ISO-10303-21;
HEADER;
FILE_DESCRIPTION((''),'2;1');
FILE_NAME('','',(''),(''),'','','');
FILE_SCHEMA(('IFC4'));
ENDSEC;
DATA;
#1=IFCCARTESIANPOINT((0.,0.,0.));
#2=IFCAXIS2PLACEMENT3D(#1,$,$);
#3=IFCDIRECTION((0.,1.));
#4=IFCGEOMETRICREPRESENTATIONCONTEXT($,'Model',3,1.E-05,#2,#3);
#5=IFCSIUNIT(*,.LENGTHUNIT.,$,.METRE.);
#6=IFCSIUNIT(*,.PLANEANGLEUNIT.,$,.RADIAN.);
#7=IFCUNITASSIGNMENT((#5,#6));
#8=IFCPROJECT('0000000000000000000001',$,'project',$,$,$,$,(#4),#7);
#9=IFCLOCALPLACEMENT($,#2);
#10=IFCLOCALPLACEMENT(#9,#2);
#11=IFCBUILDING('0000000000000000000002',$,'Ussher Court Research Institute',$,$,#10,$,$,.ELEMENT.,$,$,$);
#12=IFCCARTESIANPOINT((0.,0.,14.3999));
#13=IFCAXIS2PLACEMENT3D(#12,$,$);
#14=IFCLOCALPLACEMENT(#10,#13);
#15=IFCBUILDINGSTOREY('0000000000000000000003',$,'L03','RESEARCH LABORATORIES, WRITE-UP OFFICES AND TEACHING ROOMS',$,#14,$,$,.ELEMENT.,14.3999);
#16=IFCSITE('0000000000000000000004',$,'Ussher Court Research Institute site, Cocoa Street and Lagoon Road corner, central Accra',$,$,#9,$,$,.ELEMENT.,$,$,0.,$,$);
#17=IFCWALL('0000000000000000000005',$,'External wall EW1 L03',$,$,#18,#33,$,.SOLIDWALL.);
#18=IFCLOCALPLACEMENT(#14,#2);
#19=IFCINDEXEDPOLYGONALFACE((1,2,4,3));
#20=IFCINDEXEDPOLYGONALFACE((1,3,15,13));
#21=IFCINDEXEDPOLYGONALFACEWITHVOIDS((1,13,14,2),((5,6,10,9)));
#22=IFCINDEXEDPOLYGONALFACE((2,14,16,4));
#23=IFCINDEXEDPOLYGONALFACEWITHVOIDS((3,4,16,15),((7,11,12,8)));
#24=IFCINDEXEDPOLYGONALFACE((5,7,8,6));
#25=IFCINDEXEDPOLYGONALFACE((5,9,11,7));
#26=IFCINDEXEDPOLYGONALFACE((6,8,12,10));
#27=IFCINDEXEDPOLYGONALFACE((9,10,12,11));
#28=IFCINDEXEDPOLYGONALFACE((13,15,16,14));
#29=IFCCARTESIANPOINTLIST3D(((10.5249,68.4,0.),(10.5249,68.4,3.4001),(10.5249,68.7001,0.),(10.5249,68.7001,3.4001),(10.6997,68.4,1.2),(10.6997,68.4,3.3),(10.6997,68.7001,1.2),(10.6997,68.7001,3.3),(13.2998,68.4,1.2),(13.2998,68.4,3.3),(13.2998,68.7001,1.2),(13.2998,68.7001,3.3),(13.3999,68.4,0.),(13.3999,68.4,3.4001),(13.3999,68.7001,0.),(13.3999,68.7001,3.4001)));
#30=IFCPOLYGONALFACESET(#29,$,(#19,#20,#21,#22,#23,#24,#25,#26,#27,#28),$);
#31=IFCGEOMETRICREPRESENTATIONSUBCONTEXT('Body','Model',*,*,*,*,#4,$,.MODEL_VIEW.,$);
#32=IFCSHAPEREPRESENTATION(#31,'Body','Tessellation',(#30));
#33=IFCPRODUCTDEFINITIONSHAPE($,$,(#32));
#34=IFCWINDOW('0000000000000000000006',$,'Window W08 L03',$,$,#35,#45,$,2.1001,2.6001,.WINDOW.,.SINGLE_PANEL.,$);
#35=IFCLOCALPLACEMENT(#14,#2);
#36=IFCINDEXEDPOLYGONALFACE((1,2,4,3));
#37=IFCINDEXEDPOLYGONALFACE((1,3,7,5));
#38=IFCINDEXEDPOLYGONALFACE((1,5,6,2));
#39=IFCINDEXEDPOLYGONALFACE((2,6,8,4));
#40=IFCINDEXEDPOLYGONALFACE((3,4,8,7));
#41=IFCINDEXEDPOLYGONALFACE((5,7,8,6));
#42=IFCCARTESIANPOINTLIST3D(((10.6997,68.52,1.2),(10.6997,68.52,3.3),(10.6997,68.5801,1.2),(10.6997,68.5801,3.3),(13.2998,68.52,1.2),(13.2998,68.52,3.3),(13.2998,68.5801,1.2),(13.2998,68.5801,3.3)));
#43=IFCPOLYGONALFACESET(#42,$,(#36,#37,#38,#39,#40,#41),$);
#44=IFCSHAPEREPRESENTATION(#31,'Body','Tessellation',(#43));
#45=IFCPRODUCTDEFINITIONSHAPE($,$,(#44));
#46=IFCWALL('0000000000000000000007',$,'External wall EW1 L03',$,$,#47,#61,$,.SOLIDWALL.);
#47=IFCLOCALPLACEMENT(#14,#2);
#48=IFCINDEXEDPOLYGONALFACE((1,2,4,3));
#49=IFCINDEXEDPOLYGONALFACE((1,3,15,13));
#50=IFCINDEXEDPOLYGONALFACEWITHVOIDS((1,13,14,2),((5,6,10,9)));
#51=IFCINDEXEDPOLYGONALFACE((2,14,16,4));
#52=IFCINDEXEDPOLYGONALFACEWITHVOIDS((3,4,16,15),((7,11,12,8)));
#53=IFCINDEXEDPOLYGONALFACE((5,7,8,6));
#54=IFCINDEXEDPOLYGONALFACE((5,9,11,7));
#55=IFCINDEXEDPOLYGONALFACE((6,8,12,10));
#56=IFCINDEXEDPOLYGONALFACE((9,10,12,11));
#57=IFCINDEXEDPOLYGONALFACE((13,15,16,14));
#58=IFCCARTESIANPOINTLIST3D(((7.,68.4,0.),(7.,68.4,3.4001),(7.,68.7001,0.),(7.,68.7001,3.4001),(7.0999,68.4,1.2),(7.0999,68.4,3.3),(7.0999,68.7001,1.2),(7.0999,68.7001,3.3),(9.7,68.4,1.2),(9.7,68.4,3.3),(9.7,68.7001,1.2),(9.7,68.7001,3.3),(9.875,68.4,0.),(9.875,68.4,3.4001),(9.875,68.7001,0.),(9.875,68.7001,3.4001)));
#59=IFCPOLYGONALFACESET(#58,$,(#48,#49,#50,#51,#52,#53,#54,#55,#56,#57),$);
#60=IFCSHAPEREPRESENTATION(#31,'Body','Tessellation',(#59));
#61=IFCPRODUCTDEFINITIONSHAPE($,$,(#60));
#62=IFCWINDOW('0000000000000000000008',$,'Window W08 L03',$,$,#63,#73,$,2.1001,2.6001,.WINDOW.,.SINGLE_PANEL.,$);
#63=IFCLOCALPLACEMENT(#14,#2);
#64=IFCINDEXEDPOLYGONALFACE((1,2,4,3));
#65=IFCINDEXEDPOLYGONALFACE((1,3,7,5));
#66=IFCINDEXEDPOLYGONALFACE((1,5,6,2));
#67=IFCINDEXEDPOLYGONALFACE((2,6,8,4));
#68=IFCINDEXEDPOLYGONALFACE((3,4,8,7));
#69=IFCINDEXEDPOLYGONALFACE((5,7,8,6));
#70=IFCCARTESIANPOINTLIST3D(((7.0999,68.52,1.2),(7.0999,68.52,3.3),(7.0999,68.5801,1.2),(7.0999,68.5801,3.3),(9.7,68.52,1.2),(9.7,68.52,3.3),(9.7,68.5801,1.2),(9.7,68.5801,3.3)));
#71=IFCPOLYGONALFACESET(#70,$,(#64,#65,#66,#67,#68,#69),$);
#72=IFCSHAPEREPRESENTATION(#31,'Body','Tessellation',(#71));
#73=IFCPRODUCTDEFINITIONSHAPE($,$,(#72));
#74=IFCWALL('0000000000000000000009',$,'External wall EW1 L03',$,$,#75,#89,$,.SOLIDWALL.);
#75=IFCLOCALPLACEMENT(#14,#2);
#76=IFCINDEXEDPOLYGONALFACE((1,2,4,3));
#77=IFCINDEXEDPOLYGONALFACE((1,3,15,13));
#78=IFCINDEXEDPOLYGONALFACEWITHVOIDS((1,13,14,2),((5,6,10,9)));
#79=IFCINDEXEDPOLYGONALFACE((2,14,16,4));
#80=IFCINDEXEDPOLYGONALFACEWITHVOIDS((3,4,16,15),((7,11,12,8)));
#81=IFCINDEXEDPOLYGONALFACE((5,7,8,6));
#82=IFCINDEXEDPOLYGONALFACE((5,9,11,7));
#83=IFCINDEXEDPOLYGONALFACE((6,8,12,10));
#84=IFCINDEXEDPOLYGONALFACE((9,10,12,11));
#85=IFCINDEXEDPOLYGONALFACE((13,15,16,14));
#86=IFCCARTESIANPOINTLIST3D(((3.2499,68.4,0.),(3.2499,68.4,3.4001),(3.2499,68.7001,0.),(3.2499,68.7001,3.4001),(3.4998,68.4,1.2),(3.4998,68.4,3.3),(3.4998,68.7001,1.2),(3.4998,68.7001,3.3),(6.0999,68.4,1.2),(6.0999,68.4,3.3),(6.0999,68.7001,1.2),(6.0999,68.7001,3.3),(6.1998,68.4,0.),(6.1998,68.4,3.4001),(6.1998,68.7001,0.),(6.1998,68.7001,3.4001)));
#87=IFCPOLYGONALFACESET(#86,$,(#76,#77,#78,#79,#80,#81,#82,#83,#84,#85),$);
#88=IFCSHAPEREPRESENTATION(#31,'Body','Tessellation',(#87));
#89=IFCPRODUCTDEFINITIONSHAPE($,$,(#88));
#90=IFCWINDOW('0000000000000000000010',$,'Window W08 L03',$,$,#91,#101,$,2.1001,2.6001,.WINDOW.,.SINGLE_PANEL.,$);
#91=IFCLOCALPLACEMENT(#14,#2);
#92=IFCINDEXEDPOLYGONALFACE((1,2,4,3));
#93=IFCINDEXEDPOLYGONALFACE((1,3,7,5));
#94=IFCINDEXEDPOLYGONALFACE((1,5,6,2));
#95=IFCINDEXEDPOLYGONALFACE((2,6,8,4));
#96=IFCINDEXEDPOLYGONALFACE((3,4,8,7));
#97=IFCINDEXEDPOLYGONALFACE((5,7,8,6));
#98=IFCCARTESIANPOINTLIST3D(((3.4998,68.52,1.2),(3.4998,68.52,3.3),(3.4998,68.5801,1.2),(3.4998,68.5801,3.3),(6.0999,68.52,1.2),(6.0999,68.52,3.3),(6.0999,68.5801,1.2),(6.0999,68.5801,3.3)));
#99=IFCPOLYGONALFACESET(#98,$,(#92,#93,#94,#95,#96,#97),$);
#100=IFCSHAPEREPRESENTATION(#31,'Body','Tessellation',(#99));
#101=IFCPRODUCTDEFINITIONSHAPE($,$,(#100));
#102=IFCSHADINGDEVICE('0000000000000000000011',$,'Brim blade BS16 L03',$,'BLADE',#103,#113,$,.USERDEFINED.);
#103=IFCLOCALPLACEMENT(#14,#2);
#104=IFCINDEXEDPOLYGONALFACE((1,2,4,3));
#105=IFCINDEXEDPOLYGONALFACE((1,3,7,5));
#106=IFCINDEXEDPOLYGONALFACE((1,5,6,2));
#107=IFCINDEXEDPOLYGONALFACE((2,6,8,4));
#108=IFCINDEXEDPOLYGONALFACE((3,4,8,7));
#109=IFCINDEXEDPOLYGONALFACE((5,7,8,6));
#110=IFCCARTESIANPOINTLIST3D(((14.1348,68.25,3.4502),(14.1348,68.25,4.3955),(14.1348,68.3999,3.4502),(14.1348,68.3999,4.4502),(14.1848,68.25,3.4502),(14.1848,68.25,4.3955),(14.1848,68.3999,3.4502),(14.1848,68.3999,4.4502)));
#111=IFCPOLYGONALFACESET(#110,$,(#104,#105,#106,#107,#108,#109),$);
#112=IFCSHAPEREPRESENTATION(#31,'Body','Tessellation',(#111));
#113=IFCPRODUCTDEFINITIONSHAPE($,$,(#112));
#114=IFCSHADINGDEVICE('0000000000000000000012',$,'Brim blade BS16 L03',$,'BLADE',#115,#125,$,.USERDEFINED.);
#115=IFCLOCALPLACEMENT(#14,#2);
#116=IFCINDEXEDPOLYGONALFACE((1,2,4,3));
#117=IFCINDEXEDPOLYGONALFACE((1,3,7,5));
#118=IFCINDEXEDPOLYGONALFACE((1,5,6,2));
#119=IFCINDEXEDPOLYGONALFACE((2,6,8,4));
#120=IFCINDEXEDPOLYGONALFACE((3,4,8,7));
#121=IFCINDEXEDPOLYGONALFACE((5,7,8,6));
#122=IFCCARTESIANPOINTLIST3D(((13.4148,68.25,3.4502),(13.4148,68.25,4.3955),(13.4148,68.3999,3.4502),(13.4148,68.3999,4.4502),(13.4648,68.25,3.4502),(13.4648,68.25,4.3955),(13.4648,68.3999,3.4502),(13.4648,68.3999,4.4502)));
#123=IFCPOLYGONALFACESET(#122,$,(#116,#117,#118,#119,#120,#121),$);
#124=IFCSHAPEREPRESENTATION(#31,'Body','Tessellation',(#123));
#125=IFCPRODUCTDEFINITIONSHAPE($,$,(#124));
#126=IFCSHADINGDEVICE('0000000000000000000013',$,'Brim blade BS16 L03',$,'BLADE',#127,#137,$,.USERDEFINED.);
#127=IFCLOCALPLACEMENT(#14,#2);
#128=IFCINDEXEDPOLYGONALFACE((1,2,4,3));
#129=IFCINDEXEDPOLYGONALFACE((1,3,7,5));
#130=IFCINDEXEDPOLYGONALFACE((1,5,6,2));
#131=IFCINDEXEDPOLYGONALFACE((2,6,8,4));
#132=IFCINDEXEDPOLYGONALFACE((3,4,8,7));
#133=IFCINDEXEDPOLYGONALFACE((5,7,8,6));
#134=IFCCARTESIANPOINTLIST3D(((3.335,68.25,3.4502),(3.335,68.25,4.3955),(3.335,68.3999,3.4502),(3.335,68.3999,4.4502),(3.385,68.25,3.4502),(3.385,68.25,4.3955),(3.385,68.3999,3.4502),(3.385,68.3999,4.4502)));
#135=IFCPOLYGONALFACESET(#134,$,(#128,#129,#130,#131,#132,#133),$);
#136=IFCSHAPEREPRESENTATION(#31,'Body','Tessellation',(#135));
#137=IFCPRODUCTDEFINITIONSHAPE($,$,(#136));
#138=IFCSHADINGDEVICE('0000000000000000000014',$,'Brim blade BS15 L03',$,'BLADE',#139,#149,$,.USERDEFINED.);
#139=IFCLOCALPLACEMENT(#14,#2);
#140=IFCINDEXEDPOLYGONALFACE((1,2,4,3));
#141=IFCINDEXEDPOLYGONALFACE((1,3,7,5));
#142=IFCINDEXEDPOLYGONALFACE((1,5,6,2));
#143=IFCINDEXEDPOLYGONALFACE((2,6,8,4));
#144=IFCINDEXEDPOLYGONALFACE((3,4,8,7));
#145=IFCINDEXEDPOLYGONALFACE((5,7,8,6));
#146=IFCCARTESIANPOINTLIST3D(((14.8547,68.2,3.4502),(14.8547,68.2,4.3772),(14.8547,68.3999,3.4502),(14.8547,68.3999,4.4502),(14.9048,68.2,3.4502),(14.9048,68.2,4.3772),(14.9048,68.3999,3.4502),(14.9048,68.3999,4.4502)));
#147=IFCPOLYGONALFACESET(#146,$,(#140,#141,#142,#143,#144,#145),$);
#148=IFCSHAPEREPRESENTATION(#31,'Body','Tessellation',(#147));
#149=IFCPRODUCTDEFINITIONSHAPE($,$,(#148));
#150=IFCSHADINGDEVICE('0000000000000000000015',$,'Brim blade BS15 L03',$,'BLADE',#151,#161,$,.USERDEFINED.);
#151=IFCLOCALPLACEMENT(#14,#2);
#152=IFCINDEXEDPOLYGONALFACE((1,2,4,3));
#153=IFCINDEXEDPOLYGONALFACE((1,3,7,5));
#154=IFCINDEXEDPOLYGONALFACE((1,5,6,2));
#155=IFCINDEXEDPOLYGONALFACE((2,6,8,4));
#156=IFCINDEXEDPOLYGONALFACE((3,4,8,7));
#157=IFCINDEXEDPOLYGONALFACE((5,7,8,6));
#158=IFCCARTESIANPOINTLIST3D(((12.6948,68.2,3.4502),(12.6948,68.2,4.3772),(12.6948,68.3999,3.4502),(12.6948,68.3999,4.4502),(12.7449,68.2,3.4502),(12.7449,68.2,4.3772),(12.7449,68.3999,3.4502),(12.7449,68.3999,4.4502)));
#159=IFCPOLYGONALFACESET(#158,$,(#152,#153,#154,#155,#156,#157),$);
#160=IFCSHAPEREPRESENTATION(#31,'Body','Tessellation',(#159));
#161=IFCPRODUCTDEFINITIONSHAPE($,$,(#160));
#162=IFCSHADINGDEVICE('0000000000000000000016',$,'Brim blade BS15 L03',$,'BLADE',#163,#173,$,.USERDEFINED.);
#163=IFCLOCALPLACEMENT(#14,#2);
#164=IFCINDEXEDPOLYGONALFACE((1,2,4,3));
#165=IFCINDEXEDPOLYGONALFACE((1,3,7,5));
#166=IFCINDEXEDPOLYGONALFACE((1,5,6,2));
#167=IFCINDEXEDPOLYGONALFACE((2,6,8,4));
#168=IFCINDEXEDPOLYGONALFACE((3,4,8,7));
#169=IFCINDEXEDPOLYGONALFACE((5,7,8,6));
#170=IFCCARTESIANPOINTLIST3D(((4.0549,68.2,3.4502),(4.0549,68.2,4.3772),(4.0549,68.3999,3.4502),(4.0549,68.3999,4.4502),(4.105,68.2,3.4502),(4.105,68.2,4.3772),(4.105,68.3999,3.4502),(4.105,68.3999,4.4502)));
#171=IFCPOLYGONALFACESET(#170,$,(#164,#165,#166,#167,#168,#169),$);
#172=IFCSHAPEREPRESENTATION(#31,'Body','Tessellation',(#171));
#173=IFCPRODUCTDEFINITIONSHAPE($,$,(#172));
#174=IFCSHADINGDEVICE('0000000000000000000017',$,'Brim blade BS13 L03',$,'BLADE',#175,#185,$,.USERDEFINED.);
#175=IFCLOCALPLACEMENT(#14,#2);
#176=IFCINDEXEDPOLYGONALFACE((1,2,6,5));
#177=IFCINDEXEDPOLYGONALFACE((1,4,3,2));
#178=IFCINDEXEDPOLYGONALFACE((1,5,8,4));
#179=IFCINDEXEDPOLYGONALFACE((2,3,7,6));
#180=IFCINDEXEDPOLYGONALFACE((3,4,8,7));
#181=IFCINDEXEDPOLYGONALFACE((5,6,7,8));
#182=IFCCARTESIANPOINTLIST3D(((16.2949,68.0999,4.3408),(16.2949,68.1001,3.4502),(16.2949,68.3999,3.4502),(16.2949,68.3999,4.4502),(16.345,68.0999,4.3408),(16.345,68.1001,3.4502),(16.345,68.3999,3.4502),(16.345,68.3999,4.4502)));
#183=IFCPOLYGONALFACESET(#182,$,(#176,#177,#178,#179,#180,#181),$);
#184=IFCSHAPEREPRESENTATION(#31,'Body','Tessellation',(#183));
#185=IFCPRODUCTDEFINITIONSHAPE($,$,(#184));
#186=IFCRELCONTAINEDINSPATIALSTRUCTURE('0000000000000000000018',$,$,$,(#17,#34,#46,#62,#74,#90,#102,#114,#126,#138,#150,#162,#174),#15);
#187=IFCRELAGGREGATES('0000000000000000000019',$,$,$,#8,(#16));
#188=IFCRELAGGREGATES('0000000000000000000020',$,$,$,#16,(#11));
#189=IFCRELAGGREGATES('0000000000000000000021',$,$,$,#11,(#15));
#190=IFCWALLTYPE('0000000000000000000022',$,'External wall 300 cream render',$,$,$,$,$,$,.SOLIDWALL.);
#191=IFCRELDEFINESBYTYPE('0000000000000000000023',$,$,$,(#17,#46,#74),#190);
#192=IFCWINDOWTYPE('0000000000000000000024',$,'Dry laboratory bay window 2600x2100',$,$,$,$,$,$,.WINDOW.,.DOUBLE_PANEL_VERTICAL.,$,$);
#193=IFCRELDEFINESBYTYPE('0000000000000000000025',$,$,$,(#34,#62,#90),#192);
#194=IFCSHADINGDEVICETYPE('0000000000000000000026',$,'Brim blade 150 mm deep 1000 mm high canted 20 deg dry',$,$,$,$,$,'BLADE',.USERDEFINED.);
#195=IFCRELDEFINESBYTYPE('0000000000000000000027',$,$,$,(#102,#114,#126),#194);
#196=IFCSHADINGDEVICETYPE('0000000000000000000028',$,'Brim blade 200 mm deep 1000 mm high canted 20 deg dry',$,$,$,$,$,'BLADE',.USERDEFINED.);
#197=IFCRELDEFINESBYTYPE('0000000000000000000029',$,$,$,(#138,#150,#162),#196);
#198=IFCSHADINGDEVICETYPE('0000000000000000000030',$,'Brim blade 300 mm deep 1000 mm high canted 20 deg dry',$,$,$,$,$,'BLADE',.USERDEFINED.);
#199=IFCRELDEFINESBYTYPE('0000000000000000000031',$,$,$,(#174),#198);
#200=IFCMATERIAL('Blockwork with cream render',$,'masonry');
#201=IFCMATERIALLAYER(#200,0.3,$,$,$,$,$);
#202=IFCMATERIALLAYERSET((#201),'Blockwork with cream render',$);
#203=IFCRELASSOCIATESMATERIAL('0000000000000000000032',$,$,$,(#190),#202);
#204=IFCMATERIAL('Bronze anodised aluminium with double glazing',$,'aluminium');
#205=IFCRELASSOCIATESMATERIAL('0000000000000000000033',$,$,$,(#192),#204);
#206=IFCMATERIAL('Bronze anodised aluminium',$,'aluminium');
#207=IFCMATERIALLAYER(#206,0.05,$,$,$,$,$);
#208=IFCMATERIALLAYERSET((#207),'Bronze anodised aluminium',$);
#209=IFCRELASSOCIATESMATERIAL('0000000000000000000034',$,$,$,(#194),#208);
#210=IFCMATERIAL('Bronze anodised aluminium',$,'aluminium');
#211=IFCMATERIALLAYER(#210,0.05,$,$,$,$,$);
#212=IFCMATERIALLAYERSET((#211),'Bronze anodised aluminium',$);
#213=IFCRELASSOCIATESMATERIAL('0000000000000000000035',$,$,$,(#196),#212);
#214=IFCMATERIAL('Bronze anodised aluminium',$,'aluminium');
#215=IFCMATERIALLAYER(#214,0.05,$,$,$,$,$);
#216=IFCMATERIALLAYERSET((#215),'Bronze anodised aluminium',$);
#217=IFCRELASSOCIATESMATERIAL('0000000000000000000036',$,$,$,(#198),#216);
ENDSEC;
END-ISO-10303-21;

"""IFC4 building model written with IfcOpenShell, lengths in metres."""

from ifc_helpers import new_model, si_unit, direction, frame, frame_2d, origin, place, context, subcontext, project, spatial, polyline, rectangle, outline, extrude, material, layer, layer_set, type_object, element, fill, save


model = new_model("IFC4")

# Units and contexts
model_context = context("Model", 3, precision=1e-05, world=origin(), true_north=direction((0.0, 1.0)))
body_context = subcontext(model_context, "Body", "Model", "MODEL_VIEW")
ifc_project = project(units=[si_unit("LENGTHUNIT", "METRE"), si_unit("PLANEANGLEUNIT", "RADIAN")], contexts=[model_context])

# Site, building, storey
site_placement = place(None, origin())
site = spatial("IfcSite", under=ifc_project, at=site_placement, Name="Ussher Court Research Institute site, Cocoa Street and Lagoon Road corner, central Accra", CompositionType="ELEMENT", RefElevation=0.0)
building_placement = place(site_placement, origin())
building = spatial("IfcBuilding", under=site, at=building_placement, Name="Ussher Court Research Institute", CompositionType="ELEMENT")
storey_placement = place(building_placement, frame((0.0, 0.0, 14.3999)))
storey = spatial("IfcBuildingStorey", under=building, at=storey_placement, Name="L03", Description="RESEARCH LABORATORIES, WRITE-UP OFFICES AND TEACHING ROOMS", CompositionType="ELEMENT", Elevation=14.3999)

# Walls, openings, windows
ifc_material_1 = material(Name="Blockwork with cream render", Category="masonry")
ifc_layer_1 = layer(ifc_material_1, 0.3)
ifc_layer_set_1 = layer_set([ifc_layer_1], Name="Blockwork with cream render")
wall_type = type_object("IfcWallType", Name="External wall 300 cream render", PredefinedType="SOLIDWALL", material=ifc_layer_set_1)
wall_1_placement = place(storey_placement, frame((13.3999, 68.55, 0.0), z_axis=(0.0, 0.0, 1.0), x_axis=(-1.0, 0.0, 0.0)))
wall_1 = element("IfcWall", 1, at=wall_1_placement, inside=storey, type_object=wall_type, Name="External wall EW1 L03", PredefinedType="SOLIDWALL", context=body_context, shape_type="SweptSolid", body=[
    extrude(rectangle(XDim=2.875, YDim=0.3, at=frame_2d((1.4375, 0.0))), origin(), (0.0, 0.0, 1.0), 3.4001),
])
opening_1_placement = place(wall_1_placement, frame((0.1001, 0.0, 1.2)))
opening_1 = element("IfcOpeningElement", 2, at=opening_1_placement, cuts=wall_1, PredefinedType="OPENING", context=body_context, shape_type="SweptSolid", body=[
    extrude(rectangle(XDim=2.6001, YDim=2.1001, at=frame_2d((1.3, 1.05))), frame((0.0, 0.1602, 0.0), z_axis=(0.0, -1.0, 0.0), x_axis=(1.0, 0.0, 0.0)), (0.0, 0.0, 1.0), 0.3201),
])
ifc_material_2 = material(Name="Bronze anodised aluminium with double glazing", Category="aluminium")
window_type = type_object("IfcWindowType", Name="Dry laboratory bay window 2600x2100", PartitioningType="DOUBLE_PANEL_VERTICAL", PredefinedType="WINDOW", material=ifc_material_2)
window_1_placement = place(opening_1_placement, origin())
window_1 = element("IfcWindow", 3, at=window_1_placement, inside=storey, type_object=window_type, Name="Window W08 L03", OverallHeight=2.1001, OverallWidth=2.6001, PartitioningType="SINGLE_PANEL", PredefinedType="WINDOW", context=body_context, shape_type="SweptSolid", body=[
    extrude(rectangle(XDim=2.6001, YDim=2.1001, at=frame_2d((1.3, 1.05))), frame((0.0, 0.03, 0.0), z_axis=(0.0, -1.0, 0.0), x_axis=(1.0, 0.0, 0.0)), (0.0, 0.0, 1.0), 0.0601),
])
fill(opening_1, window_1)
wall_2_placement = place(storey_placement, frame((9.875, 68.55, 0.0), z_axis=(0.0, 0.0, 1.0), x_axis=(-1.0, 0.0, 0.0)))
wall_2 = element("IfcWall", 4, at=wall_2_placement, inside=storey, type_object=wall_type, Name="External wall EW1 L03", PredefinedType="SOLIDWALL", context=body_context, shape_type="SweptSolid", body=[
    extrude(rectangle(XDim=2.875, YDim=0.3, at=frame_2d((1.4375, 0.0))), origin(), (0.0, 0.0, 1.0), 3.4001),
])
opening_2_placement = place(wall_2_placement, frame((0.175, 0.0, 1.2)))
opening_2 = element("IfcOpeningElement", 5, at=opening_2_placement, cuts=wall_2, PredefinedType="OPENING", context=body_context, shape_type="SweptSolid", body=[
    extrude(rectangle(XDim=2.6001, YDim=2.1001, at=frame_2d((1.3, 1.05))), frame((0.0, 0.1602, 0.0), z_axis=(0.0, -1.0, 0.0), x_axis=(1.0, 0.0, 0.0)), (0.0, 0.0, 1.0), 0.3201),
])
window_2_placement = place(opening_2_placement, origin())
window_2 = element("IfcWindow", 6, at=window_2_placement, inside=storey, type_object=window_type, Name="Window W08 L03", OverallHeight=2.1001, OverallWidth=2.6001, PartitioningType="SINGLE_PANEL", PredefinedType="WINDOW", context=body_context, shape_type="SweptSolid", body=[
    extrude(rectangle(XDim=2.6001, YDim=2.1001, at=frame_2d((1.3, 1.05))), frame((0.0, 0.03, 0.0), z_axis=(0.0, -1.0, 0.0), x_axis=(1.0, 0.0, 0.0)), (0.0, 0.0, 1.0), 0.0601),
])
fill(opening_2, window_2)
wall_3_placement = place(storey_placement, frame((6.2, 68.55, 0.0), z_axis=(0.0, 0.0, 1.0), x_axis=(-1.0, 0.0, 0.0)))
wall_3 = element("IfcWall", 7, at=wall_3_placement, inside=storey, type_object=wall_type, Name="External wall EW1 L03", PredefinedType="SOLIDWALL", context=body_context, shape_type="SweptSolid", body=[
    extrude(rectangle(XDim=2.95, YDim=0.3, at=frame_2d((1.4751, 0.0))), origin(), (0.0, 0.0, 1.0), 3.4001),
])
opening_3_placement = place(wall_3_placement, frame((0.1001, 0.0, 1.2)))
opening_3 = element("IfcOpeningElement", 8, at=opening_3_placement, cuts=wall_3, PredefinedType="OPENING", context=body_context, shape_type="SweptSolid", body=[
    extrude(rectangle(XDim=2.6001, YDim=2.1001, at=frame_2d((1.3, 1.05))), frame((0.0, 0.1602, 0.0), z_axis=(0.0, -1.0, 0.0), x_axis=(1.0, 0.0, 0.0)), (0.0, 0.0, 1.0), 0.3201),
])
window_3_placement = place(opening_3_placement, origin())
window_3 = element("IfcWindow", 9, at=window_3_placement, inside=storey, type_object=window_type, Name="Window W08 L03", OverallHeight=2.1001, OverallWidth=2.6001, PartitioningType="SINGLE_PANEL", PredefinedType="WINDOW", context=body_context, shape_type="SweptSolid", body=[
    extrude(rectangle(XDim=2.6001, YDim=2.1001, at=frame_2d((1.3, 1.05))), frame((0.0, 0.03, 0.0), z_axis=(0.0, -1.0, 0.0), x_axis=(1.0, 0.0, 0.0)), (0.0, 0.0, 1.0), 0.0601),
])
fill(opening_3, window_3)

# Shading devices
ifc_material_3 = material(Name="Bronze anodised aluminium", Category="aluminium")
ifc_layer_2 = layer(ifc_material_3, 0.05)
ifc_layer_set_2 = layer_set([ifc_layer_2], Name="Bronze anodised aluminium")
shading_device_type_1 = type_object("IfcShadingDeviceType", Name="Brim blade 150 mm deep 1000 mm high canted 20 deg dry", ElementType="BLADE", PredefinedType="USERDEFINED", material=ifc_layer_set_2)
for number, where, z_axis, x_axis, name in (
    (10, (14.1599, 68.3999, 3.4502), (0.0, 0.0, 1.0), (0.0, -1.0, 0.0), "Brim blade BS16 L03"),
    (11, (13.4399, 68.3999, 3.4502), (0.0, 0.0, 1.0), (0.0, -1.0, 0.0), "Brim blade BS16 L03"),
    (12, (3.3601, 68.3999, 3.4502), (0.0, 0.0, 1.0), (0.0, -1.0, 0.0), "Brim blade BS16 L03"),
):
    element("IfcShadingDevice", number, at=place(storey_placement, frame(where, z_axis=z_axis, x_axis=x_axis)), inside=storey, type_object=shading_device_type_1, Name=name, ObjectType="BLADE", PredefinedType="USERDEFINED", context=body_context, shape_type="SweptSolid", body=[
        extrude(outline(polyline([(0.0, 0.0), (0.1499, 0.0), (0.1499, 0.9453), (0.0, 1.0), (0.0, 0.0)])), frame((0.0, 0.0249, 0.0), z_axis=(0.0, -1.0, 0.0), x_axis=(1.0, 0.0, 0.0)), (0.0, 0.0, 1.0), 0.05),
    ])
ifc_material_4 = material(Name="Bronze anodised aluminium", Category="aluminium")
ifc_layer_3 = layer(ifc_material_4, 0.05)
ifc_layer_set_3 = layer_set([ifc_layer_3], Name="Bronze anodised aluminium")
shading_device_type_2 = type_object("IfcShadingDeviceType", Name="Brim blade 200 mm deep 1000 mm high canted 20 deg dry", ElementType="BLADE", PredefinedType="USERDEFINED", material=ifc_layer_set_3)
for number, where, z_axis, x_axis, name in (
    (13, (14.8799, 68.3999, 3.4502), (0.0, 0.0, 1.0), (0.0, -1.0, 0.0), "Brim blade BS15 L03"),
    (14, (12.72, 68.3999, 3.4502), (0.0, 0.0, 1.0), (0.0, -1.0, 0.0), "Brim blade BS15 L03"),
    (15, (4.0801, 68.3999, 3.4502), (0.0, 0.0, 1.0), (0.0, -1.0, 0.0), "Brim blade BS15 L03"),
):
    element("IfcShadingDevice", number, at=place(storey_placement, frame(where, z_axis=z_axis, x_axis=x_axis)), inside=storey, type_object=shading_device_type_2, Name=name, ObjectType="BLADE", PredefinedType="USERDEFINED", context=body_context, shape_type="SweptSolid", body=[
        extrude(outline(polyline([(0.0, 0.0), (0.2, 0.0), (0.2, 0.927), (0.0, 1.0), (0.0, 0.0)])), frame((0.0, 0.0249, 0.0), z_axis=(0.0, -1.0, 0.0), x_axis=(1.0, 0.0, 0.0)), (0.0, 0.0, 1.0), 0.05),
    ])
ifc_material_5 = material(Name="Bronze anodised aluminium", Category="aluminium")
ifc_layer_4 = layer(ifc_material_5, 0.05)
ifc_layer_set_4 = layer_set([ifc_layer_4], Name="Bronze anodised aluminium")
shading_device_type_3 = type_object("IfcShadingDeviceType", Name="Brim blade 300 mm deep 1000 mm high canted 20 deg dry", ElementType="BLADE", PredefinedType="USERDEFINED", material=ifc_layer_set_4)
for number, where, z_axis, x_axis, name in (
    (16, (16.3201, 68.3999, 3.4502), (0.0, 0.0, 1.0), (0.0, -1.0, 0.0), "Brim blade BS13 L03"),
):
    element("IfcShadingDevice", number, at=place(storey_placement, frame(where, z_axis=z_axis, x_axis=x_axis)), inside=storey, type_object=shading_device_type_3, Name=name, ObjectType="BLADE", PredefinedType="USERDEFINED", context=body_context, shape_type="SweptSolid", body=[
        extrude(outline(polyline([(0.0, 0.0), (0.2998, 0.0), (0.3, 0.8906), (0.0, 1.0), (0.0, 0.0)])), frame((0.0, 0.0249, 0.0), z_axis=(0.0, -1.0, 0.0), x_axis=(1.0, 0.0, 0.0)), (0.0, 0.0, 1.0), 0.05),
    ])

save(model, "model.ifc")
